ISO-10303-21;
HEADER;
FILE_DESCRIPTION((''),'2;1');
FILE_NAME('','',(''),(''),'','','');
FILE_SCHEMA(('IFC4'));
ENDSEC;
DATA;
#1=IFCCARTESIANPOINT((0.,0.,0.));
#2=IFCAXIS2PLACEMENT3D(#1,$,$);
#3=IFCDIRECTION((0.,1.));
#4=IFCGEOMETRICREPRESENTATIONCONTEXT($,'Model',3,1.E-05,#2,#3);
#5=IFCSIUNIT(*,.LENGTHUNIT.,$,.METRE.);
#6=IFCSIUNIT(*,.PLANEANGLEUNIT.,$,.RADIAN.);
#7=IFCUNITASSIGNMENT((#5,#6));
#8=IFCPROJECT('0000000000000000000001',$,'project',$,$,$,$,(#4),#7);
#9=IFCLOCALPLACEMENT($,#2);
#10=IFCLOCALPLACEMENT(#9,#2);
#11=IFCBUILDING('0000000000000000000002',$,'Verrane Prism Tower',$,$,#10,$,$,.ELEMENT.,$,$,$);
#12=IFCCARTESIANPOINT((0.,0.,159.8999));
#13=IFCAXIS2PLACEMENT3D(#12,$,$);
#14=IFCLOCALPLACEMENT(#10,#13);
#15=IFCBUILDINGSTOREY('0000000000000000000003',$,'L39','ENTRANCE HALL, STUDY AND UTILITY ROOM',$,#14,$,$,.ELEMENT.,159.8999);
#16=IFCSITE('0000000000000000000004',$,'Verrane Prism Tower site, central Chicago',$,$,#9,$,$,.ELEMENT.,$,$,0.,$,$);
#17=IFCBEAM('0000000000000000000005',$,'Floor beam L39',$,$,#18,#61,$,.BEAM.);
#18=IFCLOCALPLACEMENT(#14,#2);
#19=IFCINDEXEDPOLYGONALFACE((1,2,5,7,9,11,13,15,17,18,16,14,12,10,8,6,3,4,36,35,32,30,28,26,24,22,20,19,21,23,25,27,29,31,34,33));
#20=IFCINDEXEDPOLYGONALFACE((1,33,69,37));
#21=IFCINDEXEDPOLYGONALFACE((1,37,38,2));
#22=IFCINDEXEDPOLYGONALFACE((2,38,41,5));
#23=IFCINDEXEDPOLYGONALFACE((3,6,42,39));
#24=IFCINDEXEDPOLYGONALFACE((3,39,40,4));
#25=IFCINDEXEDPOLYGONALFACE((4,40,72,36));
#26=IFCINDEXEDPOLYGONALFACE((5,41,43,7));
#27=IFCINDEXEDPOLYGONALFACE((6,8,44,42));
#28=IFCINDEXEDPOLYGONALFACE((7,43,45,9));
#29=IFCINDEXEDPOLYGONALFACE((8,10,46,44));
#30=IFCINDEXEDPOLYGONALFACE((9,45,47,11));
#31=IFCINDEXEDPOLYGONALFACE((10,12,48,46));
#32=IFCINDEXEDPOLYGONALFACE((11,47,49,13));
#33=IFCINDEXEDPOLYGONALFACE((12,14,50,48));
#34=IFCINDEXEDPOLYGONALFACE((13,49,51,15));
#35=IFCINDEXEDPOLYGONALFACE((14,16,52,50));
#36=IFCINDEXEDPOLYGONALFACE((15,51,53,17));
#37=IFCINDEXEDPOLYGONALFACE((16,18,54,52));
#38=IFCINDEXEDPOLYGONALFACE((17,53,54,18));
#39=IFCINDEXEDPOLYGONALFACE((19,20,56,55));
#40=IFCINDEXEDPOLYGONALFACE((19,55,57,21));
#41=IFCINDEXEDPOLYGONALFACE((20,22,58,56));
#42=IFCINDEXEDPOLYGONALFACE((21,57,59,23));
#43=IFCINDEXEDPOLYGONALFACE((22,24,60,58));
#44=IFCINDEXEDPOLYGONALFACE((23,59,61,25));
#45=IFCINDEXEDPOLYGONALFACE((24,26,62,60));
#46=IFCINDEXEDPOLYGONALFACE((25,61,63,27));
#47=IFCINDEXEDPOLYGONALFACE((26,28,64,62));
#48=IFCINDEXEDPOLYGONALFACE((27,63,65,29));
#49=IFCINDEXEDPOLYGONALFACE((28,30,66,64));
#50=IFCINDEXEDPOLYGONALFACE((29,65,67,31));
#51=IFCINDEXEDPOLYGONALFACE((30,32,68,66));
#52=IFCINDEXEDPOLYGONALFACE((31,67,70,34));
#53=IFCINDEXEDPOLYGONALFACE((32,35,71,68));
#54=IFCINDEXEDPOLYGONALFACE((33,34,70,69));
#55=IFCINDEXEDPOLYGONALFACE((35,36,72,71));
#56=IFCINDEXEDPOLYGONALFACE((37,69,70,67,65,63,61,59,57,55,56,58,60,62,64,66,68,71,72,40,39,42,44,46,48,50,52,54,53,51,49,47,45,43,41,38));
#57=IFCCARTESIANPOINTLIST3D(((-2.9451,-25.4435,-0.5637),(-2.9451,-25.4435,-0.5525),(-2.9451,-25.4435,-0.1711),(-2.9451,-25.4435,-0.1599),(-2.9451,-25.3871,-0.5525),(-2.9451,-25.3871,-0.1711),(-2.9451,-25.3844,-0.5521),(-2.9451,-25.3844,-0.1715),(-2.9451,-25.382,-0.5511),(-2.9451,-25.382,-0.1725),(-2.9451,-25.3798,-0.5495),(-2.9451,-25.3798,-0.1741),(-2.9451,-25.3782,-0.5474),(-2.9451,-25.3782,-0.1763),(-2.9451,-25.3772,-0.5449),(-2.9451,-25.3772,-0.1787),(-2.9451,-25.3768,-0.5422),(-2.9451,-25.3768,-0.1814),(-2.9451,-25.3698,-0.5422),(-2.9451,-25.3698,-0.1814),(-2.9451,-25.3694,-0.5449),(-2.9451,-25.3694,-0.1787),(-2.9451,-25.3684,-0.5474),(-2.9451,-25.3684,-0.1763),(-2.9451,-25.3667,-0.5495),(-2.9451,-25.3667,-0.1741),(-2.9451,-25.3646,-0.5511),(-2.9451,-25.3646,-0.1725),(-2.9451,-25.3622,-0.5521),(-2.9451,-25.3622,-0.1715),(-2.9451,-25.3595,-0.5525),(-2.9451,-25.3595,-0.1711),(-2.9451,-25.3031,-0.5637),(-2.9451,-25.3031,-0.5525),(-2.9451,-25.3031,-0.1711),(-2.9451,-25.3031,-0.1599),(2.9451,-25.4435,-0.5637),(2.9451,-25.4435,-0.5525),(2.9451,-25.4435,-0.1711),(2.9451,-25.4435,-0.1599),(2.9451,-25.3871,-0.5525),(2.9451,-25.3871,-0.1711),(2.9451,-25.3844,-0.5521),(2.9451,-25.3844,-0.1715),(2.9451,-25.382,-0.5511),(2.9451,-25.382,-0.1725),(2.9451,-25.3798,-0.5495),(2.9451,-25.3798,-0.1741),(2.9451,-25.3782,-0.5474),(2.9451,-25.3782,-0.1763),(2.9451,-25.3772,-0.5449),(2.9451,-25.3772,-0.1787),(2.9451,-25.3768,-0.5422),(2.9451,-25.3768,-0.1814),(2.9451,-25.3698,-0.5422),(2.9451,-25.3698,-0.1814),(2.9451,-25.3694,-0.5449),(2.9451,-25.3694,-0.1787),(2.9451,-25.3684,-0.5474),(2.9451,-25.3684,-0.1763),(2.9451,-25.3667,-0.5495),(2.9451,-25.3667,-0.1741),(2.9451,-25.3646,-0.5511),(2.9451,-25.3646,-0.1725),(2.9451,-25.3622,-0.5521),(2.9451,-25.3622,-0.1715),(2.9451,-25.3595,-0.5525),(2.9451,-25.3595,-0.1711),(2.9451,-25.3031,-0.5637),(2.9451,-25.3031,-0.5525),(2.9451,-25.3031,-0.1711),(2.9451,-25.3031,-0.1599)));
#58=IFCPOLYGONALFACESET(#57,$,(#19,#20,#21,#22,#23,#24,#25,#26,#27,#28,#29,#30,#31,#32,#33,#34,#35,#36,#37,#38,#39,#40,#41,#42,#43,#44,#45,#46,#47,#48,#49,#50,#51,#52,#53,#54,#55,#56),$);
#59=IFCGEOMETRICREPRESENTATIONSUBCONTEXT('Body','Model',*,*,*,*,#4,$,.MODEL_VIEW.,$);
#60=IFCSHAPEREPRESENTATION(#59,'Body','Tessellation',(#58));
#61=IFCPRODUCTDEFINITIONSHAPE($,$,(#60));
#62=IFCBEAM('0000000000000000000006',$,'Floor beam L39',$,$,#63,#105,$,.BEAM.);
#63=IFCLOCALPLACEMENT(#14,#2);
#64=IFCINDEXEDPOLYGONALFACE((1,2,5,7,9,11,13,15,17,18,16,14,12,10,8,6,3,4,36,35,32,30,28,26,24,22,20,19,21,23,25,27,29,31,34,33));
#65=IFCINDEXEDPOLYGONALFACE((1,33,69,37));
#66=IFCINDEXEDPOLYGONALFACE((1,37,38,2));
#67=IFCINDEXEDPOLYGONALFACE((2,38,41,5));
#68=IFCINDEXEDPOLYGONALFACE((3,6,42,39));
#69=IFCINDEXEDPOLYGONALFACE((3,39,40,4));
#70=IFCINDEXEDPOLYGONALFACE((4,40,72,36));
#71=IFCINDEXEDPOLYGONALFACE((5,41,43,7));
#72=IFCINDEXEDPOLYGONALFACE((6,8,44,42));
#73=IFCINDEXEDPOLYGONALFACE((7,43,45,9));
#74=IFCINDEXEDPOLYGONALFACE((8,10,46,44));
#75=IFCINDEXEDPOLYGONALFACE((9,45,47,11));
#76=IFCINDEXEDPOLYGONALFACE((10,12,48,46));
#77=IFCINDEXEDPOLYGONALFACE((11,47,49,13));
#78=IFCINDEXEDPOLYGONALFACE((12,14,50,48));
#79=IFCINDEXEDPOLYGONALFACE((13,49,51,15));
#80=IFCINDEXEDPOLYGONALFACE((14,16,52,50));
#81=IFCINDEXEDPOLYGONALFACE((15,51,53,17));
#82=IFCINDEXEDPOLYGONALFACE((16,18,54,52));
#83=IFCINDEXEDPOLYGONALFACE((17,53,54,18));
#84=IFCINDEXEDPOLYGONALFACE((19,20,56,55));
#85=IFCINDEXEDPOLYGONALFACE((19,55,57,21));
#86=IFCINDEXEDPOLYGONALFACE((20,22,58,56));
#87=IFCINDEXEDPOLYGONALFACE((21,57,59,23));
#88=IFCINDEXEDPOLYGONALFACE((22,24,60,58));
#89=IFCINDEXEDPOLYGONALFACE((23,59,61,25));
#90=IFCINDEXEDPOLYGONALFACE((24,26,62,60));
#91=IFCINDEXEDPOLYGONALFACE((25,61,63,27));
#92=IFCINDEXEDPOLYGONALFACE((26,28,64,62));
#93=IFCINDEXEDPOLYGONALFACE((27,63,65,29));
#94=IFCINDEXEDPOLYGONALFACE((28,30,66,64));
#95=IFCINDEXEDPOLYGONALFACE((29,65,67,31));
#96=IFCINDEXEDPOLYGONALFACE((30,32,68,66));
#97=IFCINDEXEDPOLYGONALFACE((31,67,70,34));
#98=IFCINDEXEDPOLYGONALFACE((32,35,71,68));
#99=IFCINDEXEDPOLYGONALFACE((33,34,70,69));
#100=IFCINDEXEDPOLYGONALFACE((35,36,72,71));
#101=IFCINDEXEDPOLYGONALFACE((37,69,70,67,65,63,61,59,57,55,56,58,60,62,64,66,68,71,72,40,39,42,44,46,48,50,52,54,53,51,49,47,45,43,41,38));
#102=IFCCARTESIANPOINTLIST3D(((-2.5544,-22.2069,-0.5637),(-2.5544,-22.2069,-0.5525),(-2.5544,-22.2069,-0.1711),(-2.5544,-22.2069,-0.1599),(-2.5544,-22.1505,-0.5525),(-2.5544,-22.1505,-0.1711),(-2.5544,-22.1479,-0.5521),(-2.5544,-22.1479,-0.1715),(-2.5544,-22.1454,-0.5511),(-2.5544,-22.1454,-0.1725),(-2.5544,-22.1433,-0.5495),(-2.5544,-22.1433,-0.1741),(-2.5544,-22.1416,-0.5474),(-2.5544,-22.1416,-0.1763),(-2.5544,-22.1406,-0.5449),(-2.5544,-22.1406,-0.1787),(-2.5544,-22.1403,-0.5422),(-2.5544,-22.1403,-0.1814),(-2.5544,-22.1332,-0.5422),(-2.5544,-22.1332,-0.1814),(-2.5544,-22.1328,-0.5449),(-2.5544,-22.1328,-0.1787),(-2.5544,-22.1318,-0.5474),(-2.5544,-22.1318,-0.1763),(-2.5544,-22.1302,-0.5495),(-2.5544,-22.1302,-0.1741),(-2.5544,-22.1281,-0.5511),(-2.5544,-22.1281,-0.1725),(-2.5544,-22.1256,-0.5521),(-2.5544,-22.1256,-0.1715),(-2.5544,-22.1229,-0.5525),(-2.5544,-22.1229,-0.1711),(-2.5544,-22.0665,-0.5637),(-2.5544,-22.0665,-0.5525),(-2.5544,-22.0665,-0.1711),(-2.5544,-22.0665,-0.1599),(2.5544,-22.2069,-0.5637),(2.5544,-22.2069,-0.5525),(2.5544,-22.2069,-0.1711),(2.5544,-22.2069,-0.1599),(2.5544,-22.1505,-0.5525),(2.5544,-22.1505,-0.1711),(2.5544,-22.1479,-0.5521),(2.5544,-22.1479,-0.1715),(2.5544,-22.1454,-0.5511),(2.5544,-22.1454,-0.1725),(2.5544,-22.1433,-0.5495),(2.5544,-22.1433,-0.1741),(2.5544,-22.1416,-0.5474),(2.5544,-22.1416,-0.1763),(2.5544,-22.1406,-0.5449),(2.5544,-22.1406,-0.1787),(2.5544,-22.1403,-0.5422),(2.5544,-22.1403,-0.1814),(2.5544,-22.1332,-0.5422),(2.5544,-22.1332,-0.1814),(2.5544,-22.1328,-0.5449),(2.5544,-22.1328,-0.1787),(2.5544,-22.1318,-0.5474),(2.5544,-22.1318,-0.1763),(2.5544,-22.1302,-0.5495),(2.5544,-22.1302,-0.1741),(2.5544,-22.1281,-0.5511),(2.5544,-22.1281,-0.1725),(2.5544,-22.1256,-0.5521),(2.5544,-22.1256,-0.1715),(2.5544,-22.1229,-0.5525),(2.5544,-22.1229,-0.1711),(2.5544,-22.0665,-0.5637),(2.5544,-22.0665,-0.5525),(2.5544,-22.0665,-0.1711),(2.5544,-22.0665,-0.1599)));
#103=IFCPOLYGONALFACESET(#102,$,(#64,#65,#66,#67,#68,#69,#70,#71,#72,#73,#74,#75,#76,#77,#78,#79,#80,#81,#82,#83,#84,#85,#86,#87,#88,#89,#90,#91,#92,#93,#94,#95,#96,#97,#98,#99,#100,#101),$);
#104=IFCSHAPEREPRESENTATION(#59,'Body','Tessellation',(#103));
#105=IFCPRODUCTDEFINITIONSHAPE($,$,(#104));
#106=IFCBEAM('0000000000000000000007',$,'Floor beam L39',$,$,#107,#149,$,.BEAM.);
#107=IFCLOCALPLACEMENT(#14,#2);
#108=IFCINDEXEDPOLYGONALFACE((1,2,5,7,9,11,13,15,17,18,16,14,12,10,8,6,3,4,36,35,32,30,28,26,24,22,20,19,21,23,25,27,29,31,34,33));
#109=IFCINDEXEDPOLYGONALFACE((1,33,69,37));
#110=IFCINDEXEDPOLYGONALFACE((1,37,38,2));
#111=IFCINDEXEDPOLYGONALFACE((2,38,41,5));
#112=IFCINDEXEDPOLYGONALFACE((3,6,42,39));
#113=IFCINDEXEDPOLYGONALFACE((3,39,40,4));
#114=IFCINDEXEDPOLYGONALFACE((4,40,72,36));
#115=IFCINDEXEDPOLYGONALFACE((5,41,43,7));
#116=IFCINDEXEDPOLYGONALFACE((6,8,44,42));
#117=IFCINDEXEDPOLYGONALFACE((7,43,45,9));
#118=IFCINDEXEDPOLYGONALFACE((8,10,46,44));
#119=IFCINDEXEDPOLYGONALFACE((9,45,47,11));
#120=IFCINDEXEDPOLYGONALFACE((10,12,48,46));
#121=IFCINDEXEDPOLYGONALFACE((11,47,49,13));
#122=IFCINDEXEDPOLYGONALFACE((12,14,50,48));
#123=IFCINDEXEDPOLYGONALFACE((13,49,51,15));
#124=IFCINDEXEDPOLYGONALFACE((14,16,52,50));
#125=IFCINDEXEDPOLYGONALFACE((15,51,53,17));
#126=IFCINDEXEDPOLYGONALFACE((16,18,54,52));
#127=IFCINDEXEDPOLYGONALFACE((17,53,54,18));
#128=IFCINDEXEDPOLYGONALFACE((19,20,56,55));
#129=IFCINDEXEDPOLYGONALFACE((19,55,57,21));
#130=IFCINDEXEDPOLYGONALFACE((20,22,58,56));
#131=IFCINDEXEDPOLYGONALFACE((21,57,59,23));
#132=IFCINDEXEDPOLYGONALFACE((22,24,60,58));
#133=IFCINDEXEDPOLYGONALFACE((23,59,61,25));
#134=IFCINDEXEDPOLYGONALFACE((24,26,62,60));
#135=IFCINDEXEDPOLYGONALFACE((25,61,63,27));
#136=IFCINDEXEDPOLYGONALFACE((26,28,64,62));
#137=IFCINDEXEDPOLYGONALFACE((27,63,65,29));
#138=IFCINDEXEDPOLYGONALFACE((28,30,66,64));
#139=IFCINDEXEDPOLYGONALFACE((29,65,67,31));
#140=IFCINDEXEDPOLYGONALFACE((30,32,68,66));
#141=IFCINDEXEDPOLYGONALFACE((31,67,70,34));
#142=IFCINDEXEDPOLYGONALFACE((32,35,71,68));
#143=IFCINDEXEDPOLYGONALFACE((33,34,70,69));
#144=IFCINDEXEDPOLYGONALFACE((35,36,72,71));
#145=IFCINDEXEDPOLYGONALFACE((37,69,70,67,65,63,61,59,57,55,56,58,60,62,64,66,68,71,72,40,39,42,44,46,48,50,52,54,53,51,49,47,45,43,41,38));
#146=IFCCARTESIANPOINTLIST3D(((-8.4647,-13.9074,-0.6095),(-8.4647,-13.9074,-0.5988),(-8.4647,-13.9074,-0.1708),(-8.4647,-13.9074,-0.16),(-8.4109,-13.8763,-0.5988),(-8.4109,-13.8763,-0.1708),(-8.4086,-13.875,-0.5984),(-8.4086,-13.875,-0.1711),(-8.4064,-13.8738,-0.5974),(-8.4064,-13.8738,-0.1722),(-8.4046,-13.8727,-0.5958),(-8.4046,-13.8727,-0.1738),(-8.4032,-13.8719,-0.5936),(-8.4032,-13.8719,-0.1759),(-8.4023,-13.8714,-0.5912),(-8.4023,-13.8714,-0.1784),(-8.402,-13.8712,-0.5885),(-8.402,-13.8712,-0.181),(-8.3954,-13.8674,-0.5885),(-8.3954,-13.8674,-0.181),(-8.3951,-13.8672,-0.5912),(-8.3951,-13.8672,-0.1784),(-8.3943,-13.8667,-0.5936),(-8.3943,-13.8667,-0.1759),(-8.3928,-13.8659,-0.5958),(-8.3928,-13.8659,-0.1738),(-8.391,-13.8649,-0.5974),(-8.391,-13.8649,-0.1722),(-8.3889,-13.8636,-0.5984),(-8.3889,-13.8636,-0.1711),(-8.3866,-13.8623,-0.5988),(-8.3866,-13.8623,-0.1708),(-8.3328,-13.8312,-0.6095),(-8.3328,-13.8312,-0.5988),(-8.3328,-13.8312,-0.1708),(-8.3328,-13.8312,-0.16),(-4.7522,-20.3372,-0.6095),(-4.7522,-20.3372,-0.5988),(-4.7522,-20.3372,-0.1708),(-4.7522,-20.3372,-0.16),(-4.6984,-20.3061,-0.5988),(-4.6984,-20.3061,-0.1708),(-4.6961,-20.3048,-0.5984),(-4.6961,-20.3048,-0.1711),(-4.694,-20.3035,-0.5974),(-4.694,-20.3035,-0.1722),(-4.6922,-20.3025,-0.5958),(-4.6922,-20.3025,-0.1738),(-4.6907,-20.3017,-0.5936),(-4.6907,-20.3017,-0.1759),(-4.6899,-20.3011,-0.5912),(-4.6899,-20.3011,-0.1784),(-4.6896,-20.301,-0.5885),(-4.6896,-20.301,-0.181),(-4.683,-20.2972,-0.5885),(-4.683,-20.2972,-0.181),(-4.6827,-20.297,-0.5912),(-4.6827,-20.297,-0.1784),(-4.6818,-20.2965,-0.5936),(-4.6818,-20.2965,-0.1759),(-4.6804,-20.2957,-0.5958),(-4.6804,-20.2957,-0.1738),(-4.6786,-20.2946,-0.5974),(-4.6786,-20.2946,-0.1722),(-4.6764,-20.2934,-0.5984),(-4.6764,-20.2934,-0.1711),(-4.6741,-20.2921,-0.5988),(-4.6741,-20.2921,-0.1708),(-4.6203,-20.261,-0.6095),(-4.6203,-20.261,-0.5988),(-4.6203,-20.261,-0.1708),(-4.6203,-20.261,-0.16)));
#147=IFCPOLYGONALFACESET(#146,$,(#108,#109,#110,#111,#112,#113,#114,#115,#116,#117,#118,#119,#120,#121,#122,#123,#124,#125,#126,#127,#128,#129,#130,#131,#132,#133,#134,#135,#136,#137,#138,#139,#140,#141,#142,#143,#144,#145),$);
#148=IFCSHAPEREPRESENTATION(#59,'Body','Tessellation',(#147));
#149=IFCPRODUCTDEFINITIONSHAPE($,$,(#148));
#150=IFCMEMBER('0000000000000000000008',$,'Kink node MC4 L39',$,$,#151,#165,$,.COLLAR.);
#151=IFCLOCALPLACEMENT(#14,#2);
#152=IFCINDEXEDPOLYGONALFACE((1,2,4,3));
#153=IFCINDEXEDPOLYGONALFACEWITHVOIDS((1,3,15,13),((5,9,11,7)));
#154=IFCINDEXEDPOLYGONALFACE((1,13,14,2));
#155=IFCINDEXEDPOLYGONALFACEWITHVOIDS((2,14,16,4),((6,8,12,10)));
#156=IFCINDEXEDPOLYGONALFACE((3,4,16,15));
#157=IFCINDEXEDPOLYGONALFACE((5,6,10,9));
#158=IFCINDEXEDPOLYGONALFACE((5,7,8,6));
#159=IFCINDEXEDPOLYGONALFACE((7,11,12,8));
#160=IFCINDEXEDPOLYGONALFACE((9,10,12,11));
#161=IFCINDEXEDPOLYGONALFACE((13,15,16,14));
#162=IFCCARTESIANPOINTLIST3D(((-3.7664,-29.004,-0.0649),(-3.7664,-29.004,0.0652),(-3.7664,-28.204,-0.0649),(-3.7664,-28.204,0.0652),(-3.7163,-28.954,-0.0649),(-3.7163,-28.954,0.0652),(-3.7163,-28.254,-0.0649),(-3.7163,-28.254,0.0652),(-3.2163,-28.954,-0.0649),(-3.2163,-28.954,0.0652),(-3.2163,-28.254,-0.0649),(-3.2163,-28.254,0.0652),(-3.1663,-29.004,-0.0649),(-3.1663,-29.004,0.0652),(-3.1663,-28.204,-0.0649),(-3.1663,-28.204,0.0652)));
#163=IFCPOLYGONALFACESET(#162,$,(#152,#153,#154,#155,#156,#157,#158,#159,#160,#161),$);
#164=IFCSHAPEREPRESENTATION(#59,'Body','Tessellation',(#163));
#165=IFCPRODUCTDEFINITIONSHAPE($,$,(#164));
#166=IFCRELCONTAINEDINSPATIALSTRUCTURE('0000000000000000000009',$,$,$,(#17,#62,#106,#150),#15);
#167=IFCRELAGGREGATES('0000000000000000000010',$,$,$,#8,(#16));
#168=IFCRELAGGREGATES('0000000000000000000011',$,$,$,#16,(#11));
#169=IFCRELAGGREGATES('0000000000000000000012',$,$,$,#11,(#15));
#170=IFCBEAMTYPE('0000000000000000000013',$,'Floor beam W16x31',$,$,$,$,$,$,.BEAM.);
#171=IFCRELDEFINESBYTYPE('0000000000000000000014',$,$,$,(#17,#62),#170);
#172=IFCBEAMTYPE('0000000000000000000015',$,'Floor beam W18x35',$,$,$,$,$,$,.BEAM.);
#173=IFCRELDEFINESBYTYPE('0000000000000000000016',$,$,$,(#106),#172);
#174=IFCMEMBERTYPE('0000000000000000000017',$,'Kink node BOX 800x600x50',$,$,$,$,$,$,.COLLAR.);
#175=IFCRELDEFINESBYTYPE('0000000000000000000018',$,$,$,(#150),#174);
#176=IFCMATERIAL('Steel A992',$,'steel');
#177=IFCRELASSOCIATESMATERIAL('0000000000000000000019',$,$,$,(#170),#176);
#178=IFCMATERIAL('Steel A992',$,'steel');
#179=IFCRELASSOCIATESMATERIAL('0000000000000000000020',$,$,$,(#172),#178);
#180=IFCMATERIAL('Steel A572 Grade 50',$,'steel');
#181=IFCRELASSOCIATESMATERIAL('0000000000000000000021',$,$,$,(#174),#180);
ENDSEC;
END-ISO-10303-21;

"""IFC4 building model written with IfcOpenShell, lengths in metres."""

from ifc_helpers import new_model, si_unit, direction, frame, origin, origin_2d, place, context, subcontext, project, spatial, hollow_rectangle, i_section, extrude, material, material_profile, profile_set, type_object, element, save


model = new_model("IFC4")

# Units and contexts
model_context = context("Model", 3, precision=1e-05, world=origin(), true_north=direction((0.0, 1.0)))
body_context = subcontext(model_context, "Body", "Model", "MODEL_VIEW")
ifc_project = project(units=[si_unit("LENGTHUNIT", "METRE"), si_unit("PLANEANGLEUNIT", "RADIAN")], contexts=[model_context])

# Site, building, storey
site_placement = place(None, origin())
site = spatial("IfcSite", under=ifc_project, at=site_placement, Name="Verrane Prism Tower site, central Chicago", CompositionType="ELEMENT", RefElevation=0.0)
building_placement = place(site_placement, origin())
building = spatial("IfcBuilding", under=site, at=building_placement, Name="Verrane Prism Tower", CompositionType="ELEMENT")
storey_placement = place(building_placement, frame((0.0, 0.0, 159.8999)))
storey = spatial("IfcBuildingStorey", under=building, at=storey_placement, Name="L39", Description="ENTRANCE HALL, STUDY AND UTILITY ROOM", CompositionType="ELEMENT", Elevation=159.8999)

# Beams
ifc_material_1 = material(Name="Steel A992", Category="steel")
ifc_material_profile_1 = material_profile(ifc_material_1, i_section(OverallWidth=0.1404, OverallDepth=0.4038, WebThickness=0.0071, FlangeThickness=0.0112, FilletRadius=0.0103, at=origin_2d()), Name="W16x31")
ifc_profile_set_1 = profile_set([ifc_material_profile_1], Name="Steel A992")
beam_type_1 = type_object("IfcBeamType", Name="Floor beam W16x31", PredefinedType="BEAM", material=ifc_profile_set_1)
beam_1_placement = place(storey_placement, frame((-2.9451, -25.3733, -0.3618), z_axis=(1.0, 0.0, 0.0), x_axis=(0.0, 1.0, 0.0)))
element("IfcBeam", 1, at=beam_1_placement, inside=storey, type_object=beam_type_1, Name="Floor beam L39", PredefinedType="BEAM", context=body_context, shape_type="SweptSolid", body=[
    extrude(i_section(OverallWidth=0.1404, OverallDepth=0.4038, WebThickness=0.0071, FlangeThickness=0.0112, FilletRadius=0.0103, at=origin_2d()), origin(), (0.0, 0.0, 1.0), 5.8901),
])
beam_2_placement = place(storey_placement, frame((-2.5544, -22.1367, -0.3618), z_axis=(1.0, 0.0, 0.0), x_axis=(0.0, 1.0, 0.0)))
element("IfcBeam", 2, at=beam_2_placement, inside=storey, type_object=beam_type_1, Name="Floor beam L39", PredefinedType="BEAM", context=body_context, shape_type="SweptSolid", body=[
    extrude(i_section(OverallWidth=0.1404, OverallDepth=0.4038, WebThickness=0.0071, FlangeThickness=0.0112, FilletRadius=0.0103, at=origin_2d()), origin(), (0.0, 0.0, 1.0), 5.1089),
])
ifc_material_2 = material(Name="Steel A992", Category="steel")
ifc_material_profile_2 = material_profile(ifc_material_2, i_section(OverallWidth=0.1523, OverallDepth=0.4495, WebThickness=0.0076, FlangeThickness=0.0107, FilletRadius=0.0103, at=origin_2d()), Name="W18x35")
ifc_profile_set_2 = profile_set([ifc_material_profile_2], Name="Steel A992")
beam_type_2 = type_object("IfcBeamType", Name="Floor beam W18x35", PredefinedType="BEAM", material=ifc_profile_set_2)
beam_3_placement = place(storey_placement, frame((-4.6863, -20.2991, -0.3848), z_axis=(-0.500022, 0.866013, 0.0), x_axis=(-0.866013, -0.500022, 0.0)))
element("IfcBeam", 3, at=beam_3_placement, inside=storey, type_object=beam_type_2, Name="Floor beam L39", PredefinedType="BEAM", context=body_context, shape_type="SweptSolid", body=[
    extrude(i_section(OverallWidth=0.1523, OverallDepth=0.4495, WebThickness=0.0076, FlangeThickness=0.0107, FilletRadius=0.0103, at=origin_2d()), origin(), (0.0, 0.0, 1.0), 7.4246),
])

# Member
ifc_material_3 = material(Name="Steel A572 Grade 50", Category="steel")
ifc_material_profile_3 = material_profile(ifc_material_3, hollow_rectangle(XDim=0.6001, YDim=0.8, WallThickness=0.05, at=origin_2d()), Name="BOX 800x600x50")
ifc_profile_set_3 = profile_set([ifc_material_profile_3], Name="Steel A572 Grade 50")
member_type_1 = type_object("IfcMemberType", Name="Kink node BOX 800x600x50", PredefinedType="COLLAR", material=ifc_profile_set_3)
member_1_placement = place(storey_placement, frame((-3.4663, -28.604, -0.0649), z_axis=(0.0, 0.0, 1.0), x_axis=(-1.0, 0.0, 0.0)))
element("IfcMember", 4, at=member_1_placement, inside=storey, type_object=member_type_1, Name="Kink node MC4 L39", PredefinedType="COLLAR", context=body_context, shape_type="SweptSolid", body=[
    extrude(hollow_rectangle(XDim=0.6001, YDim=0.8, WallThickness=0.05, at=origin_2d()), origin(), (0.0, 0.0, 1.0), 0.1301),
])

save(model, "model.ifc")
